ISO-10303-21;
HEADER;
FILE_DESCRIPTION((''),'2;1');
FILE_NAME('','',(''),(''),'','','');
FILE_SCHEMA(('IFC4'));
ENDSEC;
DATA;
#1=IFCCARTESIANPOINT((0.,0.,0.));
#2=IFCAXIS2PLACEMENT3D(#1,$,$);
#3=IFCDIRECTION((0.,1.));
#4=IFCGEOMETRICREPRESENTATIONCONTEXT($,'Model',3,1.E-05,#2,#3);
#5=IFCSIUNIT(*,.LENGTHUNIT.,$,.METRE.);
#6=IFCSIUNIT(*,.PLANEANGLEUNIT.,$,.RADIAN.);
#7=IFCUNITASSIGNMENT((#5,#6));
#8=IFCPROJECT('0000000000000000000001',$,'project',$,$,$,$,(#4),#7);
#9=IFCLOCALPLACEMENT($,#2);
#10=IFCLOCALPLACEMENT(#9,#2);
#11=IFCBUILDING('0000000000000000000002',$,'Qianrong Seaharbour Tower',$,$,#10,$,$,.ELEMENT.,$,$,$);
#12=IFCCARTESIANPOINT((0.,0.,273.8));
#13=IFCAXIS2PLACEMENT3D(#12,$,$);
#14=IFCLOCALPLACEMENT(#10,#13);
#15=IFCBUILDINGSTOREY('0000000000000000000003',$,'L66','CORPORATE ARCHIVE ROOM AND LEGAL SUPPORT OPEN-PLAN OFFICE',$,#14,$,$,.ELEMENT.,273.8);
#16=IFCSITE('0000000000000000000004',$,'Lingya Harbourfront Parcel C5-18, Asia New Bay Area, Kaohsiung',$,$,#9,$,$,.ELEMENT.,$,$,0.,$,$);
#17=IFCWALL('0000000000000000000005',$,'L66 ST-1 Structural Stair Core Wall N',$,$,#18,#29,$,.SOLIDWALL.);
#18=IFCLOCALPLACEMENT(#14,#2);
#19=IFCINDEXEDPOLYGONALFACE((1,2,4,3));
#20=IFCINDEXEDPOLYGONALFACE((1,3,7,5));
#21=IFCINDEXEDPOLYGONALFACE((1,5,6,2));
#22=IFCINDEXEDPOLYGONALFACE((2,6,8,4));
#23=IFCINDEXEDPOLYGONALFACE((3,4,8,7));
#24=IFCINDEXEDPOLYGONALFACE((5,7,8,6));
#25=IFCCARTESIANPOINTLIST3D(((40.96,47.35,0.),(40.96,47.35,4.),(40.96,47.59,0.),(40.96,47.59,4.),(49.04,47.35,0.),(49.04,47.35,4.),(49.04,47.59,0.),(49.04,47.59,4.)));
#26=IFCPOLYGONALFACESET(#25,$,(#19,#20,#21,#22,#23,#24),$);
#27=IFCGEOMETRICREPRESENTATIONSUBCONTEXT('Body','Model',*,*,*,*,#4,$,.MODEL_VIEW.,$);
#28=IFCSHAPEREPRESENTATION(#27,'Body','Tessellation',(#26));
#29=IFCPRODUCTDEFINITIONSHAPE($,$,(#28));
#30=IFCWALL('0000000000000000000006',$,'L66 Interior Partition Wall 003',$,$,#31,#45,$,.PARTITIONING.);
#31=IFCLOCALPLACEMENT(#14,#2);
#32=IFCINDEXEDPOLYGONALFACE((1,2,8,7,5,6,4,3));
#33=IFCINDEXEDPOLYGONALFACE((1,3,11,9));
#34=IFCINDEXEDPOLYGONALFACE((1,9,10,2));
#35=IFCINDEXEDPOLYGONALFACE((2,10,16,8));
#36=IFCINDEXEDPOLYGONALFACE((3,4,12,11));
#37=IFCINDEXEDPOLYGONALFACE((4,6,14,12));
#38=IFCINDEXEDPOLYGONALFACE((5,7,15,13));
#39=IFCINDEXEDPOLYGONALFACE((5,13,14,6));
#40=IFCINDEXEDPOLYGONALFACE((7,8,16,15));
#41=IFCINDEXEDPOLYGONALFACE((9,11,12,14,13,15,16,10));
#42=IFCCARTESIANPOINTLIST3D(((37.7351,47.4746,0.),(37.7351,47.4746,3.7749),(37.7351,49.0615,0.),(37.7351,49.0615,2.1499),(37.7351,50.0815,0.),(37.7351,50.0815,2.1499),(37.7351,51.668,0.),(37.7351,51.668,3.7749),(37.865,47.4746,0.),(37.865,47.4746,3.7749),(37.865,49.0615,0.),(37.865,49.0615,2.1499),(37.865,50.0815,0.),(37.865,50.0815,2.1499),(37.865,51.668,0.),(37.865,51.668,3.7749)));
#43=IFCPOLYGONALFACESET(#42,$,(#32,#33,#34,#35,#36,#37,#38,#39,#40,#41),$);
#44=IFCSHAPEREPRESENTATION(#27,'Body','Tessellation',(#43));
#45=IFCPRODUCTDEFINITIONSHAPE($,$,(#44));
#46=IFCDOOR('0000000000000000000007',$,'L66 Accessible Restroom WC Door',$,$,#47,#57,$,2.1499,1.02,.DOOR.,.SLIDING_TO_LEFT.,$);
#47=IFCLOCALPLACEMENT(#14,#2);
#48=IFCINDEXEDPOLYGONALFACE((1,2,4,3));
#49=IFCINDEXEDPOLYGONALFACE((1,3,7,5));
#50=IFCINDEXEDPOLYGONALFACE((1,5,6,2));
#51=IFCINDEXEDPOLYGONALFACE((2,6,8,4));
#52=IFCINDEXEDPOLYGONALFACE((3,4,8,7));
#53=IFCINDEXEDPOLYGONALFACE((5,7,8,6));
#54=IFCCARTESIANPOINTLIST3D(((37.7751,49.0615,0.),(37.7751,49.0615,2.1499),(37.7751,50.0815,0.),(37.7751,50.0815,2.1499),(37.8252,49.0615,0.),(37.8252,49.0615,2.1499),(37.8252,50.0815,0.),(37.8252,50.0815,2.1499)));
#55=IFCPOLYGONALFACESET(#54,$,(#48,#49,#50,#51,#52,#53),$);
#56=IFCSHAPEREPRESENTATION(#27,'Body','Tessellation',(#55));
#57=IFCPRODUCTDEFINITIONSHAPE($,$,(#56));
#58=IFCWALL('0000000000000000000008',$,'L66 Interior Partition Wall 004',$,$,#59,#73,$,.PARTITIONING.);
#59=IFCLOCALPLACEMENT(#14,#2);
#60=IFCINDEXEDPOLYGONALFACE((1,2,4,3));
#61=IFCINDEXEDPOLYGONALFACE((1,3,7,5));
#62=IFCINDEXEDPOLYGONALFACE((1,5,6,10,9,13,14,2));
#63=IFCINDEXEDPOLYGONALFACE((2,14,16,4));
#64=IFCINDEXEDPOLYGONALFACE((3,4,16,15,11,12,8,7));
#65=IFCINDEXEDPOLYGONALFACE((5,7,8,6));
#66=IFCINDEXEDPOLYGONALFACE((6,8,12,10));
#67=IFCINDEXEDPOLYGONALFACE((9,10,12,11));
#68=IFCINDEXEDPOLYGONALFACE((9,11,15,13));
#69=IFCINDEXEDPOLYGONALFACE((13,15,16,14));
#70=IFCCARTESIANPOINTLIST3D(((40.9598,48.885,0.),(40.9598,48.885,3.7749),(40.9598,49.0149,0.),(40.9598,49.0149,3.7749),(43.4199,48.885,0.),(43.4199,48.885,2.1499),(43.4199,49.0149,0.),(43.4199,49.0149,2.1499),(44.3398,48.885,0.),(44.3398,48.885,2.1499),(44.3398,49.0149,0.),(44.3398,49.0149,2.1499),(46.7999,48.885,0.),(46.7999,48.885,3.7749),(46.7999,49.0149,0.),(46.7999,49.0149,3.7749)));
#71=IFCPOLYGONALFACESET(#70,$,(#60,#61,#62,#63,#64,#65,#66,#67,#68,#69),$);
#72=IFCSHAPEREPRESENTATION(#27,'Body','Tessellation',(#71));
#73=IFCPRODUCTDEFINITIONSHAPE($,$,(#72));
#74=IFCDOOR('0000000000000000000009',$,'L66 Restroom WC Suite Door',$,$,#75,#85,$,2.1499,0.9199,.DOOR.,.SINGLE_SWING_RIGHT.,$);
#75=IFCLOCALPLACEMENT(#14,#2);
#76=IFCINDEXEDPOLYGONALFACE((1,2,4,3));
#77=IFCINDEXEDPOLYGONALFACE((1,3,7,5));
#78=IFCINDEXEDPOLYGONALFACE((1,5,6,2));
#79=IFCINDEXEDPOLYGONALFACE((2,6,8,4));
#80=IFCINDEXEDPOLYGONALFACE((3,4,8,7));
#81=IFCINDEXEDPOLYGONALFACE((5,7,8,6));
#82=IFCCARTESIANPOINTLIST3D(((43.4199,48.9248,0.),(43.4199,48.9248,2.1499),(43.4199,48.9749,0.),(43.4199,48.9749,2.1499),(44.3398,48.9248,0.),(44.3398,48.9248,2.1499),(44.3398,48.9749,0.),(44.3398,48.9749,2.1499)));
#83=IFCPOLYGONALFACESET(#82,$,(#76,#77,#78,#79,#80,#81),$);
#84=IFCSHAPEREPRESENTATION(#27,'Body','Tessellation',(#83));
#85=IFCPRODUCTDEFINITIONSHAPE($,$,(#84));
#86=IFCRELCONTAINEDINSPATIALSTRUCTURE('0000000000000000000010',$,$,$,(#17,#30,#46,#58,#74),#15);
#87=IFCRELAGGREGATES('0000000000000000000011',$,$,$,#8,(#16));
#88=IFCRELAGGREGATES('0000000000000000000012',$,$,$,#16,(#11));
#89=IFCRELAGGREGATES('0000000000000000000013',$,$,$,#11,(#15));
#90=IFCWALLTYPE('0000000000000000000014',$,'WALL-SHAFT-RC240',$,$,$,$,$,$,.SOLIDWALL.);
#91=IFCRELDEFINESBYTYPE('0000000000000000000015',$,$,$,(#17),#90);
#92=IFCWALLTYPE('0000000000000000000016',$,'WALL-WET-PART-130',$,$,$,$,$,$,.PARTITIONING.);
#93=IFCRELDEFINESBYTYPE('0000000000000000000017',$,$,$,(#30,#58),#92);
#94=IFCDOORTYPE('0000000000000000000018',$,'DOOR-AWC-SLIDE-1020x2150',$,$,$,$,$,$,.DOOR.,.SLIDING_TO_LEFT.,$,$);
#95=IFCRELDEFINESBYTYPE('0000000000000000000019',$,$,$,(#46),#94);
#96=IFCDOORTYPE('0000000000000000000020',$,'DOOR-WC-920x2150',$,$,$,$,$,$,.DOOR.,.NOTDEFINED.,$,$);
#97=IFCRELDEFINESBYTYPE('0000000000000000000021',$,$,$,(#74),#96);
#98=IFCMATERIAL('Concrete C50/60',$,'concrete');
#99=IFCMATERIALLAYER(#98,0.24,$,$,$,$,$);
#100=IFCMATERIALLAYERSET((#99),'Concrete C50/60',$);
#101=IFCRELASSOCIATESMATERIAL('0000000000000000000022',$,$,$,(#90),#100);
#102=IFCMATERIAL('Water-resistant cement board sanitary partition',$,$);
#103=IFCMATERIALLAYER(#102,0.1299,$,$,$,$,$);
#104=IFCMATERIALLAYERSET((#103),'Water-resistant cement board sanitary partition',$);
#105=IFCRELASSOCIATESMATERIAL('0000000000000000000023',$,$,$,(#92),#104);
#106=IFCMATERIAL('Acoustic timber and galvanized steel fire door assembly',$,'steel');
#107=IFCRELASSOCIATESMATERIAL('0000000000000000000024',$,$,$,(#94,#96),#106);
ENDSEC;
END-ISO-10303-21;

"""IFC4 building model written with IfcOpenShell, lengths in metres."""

from ifc_helpers import new_model, si_unit, direction, frame, frame_2d, origin, place, context, subcontext, project, spatial, rectangle, extrude, material, layer, layer_set, type_object, element, fill, save


model = new_model("IFC4")

# Units and contexts
model_context = context("Model", 3, precision=1e-05, world=origin(), true_north=direction((0.0, 1.0)))
body_context = subcontext(model_context, "Body", "Model", "MODEL_VIEW")
ifc_project = project(units=[si_unit("LENGTHUNIT", "METRE"), si_unit("PLANEANGLEUNIT", "RADIAN")], contexts=[model_context])

# Site, building, storey
site_placement = place(None, origin())
site = spatial("IfcSite", under=ifc_project, at=site_placement, Name="Lingya Harbourfront Parcel C5-18, Asia New Bay Area, Kaohsiung", CompositionType="ELEMENT", RefElevation=0.0)
building_placement = place(site_placement, origin())
building = spatial("IfcBuilding", under=site, at=building_placement, Name="Qianrong Seaharbour Tower", CompositionType="ELEMENT")
storey_placement = place(building_placement, frame((0.0, 0.0, 273.8)))
storey = spatial("IfcBuildingStorey", under=building, at=storey_placement, Name="L66", Description="CORPORATE ARCHIVE ROOM AND LEGAL SUPPORT OPEN-PLAN OFFICE", CompositionType="ELEMENT", Elevation=273.8)

# Shared definitions
ifc_material_1 = material(Name="Acoustic timber and galvanized steel fire door assembly", Category="steel")

# Wall
ifc_material_2 = material(Name="Concrete C50/60", Category="concrete")
ifc_layer_1 = layer(ifc_material_2, 0.24)
ifc_layer_set_1 = layer_set([ifc_layer_1], Name="Concrete C50/60")
wall_type_1 = type_object("IfcWallType", Name="WALL-SHAFT-RC240", PredefinedType="SOLIDWALL", material=ifc_layer_set_1)
wall_1_placement = place(storey_placement, frame((40.96, 47.47, 0.0), z_axis=(0.0, 0.0, 1.0), x_axis=(1.0, 0.0, 0.0)))
element("IfcWall", 1, at=wall_1_placement, inside=storey, type_object=wall_type_1, Name="L66 ST-1 Structural Stair Core Wall N", PredefinedType="SOLIDWALL", context=body_context, shape_type="SweptSolid", body=[
    extrude(rectangle(XDim=8.0801, YDim=0.24, at=frame_2d((4.04, 0.0))), origin(), (0.0, 0.0, 1.0), 4.0),
])

# Walls, openings, doors
ifc_material_3 = material(Name="Water-resistant cement board sanitary partition")
ifc_layer_2 = layer(ifc_material_3, 0.1299)
ifc_layer_set_2 = layer_set([ifc_layer_2], Name="Water-resistant cement board sanitary partition")
wall_type_2 = type_object("IfcWallType", Name="WALL-WET-PART-130", PredefinedType="PARTITIONING", material=ifc_layer_set_2)
wall_2_placement = place(storey_placement, frame((37.8, 47.4746, 0.0), z_axis=(0.0, 0.0, 1.0), x_axis=(0.0, 1.0, 0.0)))
wall_2 = element("IfcWall", 2, at=wall_2_placement, inside=storey, type_object=wall_type_2, Name="L66 Interior Partition Wall 003", PredefinedType="PARTITIONING", context=body_context, shape_type="SweptSolid", body=[
    extrude(rectangle(XDim=4.1934, YDim=0.1299, at=frame_2d((2.0967, 0.0))), origin(), (0.0, 0.0, 1.0), 3.7749),
])
opening_1_placement = place(wall_2_placement, frame((1.5869, 0.0, 0.0)))
opening_1 = element("IfcOpeningElement", 3, at=opening_1_placement, cuts=wall_2, PredefinedType="OPENING", context=body_context, shape_type="SweptSolid", body=[
    extrude(rectangle(XDim=1.02, YDim=2.1499, at=frame_2d((0.51, 1.075))), frame((0.0, 0.075, 0.0), z_axis=(0.0, -1.0, 0.0), x_axis=(1.0, 0.0, 0.0)), (0.0, 0.0, 1.0), 0.1499),
])
door_type_1 = type_object("IfcDoorType", Name="DOOR-AWC-SLIDE-1020x2150", OperationType="SLIDING_TO_LEFT", PredefinedType="DOOR", material=ifc_material_1)
door_1_placement = place(opening_1_placement, origin())
door_1 = element("IfcDoor", 4, at=door_1_placement, inside=storey, type_object=door_type_1, Name="L66 Accessible Restroom WC Door", OperationType="SLIDING_TO_LEFT", OverallHeight=2.1499, OverallWidth=1.02, PredefinedType="DOOR", context=body_context, shape_type="SweptSolid", body=[
    extrude(rectangle(XDim=1.02, YDim=2.1499, at=frame_2d((0.51, 1.075))), frame((0.0, 0.0249, 0.0), z_axis=(0.0, -1.0, 0.0), x_axis=(1.0, 0.0, 0.0)), (0.0, 0.0, 1.0), 0.05),
])
fill(opening_1, door_1)
wall_3_placement = place(storey_placement, frame((40.96, 48.95, 0.0), z_axis=(0.0, 0.0, 1.0), x_axis=(1.0, 0.0, 0.0)))
wall_3 = element("IfcWall", 5, at=wall_3_placement, inside=storey, type_object=wall_type_2, Name="L66 Interior Partition Wall 004", PredefinedType="PARTITIONING", context=body_context, shape_type="SweptSolid", body=[
    extrude(rectangle(XDim=5.8401, YDim=0.1299, at=frame_2d((2.9199, 0.0))), origin(), (0.0, 0.0, 1.0), 3.7749),
])
opening_2_placement = place(wall_3_placement, frame((2.46, 0.0, 0.0)))
opening_2 = element("IfcOpeningElement", 6, at=opening_2_placement, cuts=wall_3, PredefinedType="OPENING", context=body_context, shape_type="SweptSolid", body=[
    extrude(rectangle(XDim=0.9199, YDim=2.1499, at=frame_2d((0.46, 1.075))), frame((0.0, 0.075, 0.0), z_axis=(0.0, -1.0, 0.0), x_axis=(1.0, 0.0, 0.0)), (0.0, 0.0, 1.0), 0.1499),
])
door_type_2 = type_object("IfcDoorType", Name="DOOR-WC-920x2150", OperationType="NOTDEFINED", PredefinedType="DOOR", material=ifc_material_1)
door_2_placement = place(opening_2_placement, origin())
door_2 = element("IfcDoor", 7, at=door_2_placement, inside=storey, type_object=door_type_2, Name="L66 Restroom WC Suite Door", OperationType="SINGLE_SWING_RIGHT", OverallHeight=2.1499, OverallWidth=0.9199, PredefinedType="DOOR", context=body_context, shape_type="SweptSolid", body=[
    extrude(rectangle(XDim=0.9199, YDim=2.1499, at=frame_2d((0.46, 1.075))), frame((0.0, 0.0249, 0.0), z_axis=(0.0, -1.0, 0.0), x_axis=(1.0, 0.0, 0.0)), (0.0, 0.0, 1.0), 0.05),
])
fill(opening_2, door_2)

save(model, "model.ifc")
